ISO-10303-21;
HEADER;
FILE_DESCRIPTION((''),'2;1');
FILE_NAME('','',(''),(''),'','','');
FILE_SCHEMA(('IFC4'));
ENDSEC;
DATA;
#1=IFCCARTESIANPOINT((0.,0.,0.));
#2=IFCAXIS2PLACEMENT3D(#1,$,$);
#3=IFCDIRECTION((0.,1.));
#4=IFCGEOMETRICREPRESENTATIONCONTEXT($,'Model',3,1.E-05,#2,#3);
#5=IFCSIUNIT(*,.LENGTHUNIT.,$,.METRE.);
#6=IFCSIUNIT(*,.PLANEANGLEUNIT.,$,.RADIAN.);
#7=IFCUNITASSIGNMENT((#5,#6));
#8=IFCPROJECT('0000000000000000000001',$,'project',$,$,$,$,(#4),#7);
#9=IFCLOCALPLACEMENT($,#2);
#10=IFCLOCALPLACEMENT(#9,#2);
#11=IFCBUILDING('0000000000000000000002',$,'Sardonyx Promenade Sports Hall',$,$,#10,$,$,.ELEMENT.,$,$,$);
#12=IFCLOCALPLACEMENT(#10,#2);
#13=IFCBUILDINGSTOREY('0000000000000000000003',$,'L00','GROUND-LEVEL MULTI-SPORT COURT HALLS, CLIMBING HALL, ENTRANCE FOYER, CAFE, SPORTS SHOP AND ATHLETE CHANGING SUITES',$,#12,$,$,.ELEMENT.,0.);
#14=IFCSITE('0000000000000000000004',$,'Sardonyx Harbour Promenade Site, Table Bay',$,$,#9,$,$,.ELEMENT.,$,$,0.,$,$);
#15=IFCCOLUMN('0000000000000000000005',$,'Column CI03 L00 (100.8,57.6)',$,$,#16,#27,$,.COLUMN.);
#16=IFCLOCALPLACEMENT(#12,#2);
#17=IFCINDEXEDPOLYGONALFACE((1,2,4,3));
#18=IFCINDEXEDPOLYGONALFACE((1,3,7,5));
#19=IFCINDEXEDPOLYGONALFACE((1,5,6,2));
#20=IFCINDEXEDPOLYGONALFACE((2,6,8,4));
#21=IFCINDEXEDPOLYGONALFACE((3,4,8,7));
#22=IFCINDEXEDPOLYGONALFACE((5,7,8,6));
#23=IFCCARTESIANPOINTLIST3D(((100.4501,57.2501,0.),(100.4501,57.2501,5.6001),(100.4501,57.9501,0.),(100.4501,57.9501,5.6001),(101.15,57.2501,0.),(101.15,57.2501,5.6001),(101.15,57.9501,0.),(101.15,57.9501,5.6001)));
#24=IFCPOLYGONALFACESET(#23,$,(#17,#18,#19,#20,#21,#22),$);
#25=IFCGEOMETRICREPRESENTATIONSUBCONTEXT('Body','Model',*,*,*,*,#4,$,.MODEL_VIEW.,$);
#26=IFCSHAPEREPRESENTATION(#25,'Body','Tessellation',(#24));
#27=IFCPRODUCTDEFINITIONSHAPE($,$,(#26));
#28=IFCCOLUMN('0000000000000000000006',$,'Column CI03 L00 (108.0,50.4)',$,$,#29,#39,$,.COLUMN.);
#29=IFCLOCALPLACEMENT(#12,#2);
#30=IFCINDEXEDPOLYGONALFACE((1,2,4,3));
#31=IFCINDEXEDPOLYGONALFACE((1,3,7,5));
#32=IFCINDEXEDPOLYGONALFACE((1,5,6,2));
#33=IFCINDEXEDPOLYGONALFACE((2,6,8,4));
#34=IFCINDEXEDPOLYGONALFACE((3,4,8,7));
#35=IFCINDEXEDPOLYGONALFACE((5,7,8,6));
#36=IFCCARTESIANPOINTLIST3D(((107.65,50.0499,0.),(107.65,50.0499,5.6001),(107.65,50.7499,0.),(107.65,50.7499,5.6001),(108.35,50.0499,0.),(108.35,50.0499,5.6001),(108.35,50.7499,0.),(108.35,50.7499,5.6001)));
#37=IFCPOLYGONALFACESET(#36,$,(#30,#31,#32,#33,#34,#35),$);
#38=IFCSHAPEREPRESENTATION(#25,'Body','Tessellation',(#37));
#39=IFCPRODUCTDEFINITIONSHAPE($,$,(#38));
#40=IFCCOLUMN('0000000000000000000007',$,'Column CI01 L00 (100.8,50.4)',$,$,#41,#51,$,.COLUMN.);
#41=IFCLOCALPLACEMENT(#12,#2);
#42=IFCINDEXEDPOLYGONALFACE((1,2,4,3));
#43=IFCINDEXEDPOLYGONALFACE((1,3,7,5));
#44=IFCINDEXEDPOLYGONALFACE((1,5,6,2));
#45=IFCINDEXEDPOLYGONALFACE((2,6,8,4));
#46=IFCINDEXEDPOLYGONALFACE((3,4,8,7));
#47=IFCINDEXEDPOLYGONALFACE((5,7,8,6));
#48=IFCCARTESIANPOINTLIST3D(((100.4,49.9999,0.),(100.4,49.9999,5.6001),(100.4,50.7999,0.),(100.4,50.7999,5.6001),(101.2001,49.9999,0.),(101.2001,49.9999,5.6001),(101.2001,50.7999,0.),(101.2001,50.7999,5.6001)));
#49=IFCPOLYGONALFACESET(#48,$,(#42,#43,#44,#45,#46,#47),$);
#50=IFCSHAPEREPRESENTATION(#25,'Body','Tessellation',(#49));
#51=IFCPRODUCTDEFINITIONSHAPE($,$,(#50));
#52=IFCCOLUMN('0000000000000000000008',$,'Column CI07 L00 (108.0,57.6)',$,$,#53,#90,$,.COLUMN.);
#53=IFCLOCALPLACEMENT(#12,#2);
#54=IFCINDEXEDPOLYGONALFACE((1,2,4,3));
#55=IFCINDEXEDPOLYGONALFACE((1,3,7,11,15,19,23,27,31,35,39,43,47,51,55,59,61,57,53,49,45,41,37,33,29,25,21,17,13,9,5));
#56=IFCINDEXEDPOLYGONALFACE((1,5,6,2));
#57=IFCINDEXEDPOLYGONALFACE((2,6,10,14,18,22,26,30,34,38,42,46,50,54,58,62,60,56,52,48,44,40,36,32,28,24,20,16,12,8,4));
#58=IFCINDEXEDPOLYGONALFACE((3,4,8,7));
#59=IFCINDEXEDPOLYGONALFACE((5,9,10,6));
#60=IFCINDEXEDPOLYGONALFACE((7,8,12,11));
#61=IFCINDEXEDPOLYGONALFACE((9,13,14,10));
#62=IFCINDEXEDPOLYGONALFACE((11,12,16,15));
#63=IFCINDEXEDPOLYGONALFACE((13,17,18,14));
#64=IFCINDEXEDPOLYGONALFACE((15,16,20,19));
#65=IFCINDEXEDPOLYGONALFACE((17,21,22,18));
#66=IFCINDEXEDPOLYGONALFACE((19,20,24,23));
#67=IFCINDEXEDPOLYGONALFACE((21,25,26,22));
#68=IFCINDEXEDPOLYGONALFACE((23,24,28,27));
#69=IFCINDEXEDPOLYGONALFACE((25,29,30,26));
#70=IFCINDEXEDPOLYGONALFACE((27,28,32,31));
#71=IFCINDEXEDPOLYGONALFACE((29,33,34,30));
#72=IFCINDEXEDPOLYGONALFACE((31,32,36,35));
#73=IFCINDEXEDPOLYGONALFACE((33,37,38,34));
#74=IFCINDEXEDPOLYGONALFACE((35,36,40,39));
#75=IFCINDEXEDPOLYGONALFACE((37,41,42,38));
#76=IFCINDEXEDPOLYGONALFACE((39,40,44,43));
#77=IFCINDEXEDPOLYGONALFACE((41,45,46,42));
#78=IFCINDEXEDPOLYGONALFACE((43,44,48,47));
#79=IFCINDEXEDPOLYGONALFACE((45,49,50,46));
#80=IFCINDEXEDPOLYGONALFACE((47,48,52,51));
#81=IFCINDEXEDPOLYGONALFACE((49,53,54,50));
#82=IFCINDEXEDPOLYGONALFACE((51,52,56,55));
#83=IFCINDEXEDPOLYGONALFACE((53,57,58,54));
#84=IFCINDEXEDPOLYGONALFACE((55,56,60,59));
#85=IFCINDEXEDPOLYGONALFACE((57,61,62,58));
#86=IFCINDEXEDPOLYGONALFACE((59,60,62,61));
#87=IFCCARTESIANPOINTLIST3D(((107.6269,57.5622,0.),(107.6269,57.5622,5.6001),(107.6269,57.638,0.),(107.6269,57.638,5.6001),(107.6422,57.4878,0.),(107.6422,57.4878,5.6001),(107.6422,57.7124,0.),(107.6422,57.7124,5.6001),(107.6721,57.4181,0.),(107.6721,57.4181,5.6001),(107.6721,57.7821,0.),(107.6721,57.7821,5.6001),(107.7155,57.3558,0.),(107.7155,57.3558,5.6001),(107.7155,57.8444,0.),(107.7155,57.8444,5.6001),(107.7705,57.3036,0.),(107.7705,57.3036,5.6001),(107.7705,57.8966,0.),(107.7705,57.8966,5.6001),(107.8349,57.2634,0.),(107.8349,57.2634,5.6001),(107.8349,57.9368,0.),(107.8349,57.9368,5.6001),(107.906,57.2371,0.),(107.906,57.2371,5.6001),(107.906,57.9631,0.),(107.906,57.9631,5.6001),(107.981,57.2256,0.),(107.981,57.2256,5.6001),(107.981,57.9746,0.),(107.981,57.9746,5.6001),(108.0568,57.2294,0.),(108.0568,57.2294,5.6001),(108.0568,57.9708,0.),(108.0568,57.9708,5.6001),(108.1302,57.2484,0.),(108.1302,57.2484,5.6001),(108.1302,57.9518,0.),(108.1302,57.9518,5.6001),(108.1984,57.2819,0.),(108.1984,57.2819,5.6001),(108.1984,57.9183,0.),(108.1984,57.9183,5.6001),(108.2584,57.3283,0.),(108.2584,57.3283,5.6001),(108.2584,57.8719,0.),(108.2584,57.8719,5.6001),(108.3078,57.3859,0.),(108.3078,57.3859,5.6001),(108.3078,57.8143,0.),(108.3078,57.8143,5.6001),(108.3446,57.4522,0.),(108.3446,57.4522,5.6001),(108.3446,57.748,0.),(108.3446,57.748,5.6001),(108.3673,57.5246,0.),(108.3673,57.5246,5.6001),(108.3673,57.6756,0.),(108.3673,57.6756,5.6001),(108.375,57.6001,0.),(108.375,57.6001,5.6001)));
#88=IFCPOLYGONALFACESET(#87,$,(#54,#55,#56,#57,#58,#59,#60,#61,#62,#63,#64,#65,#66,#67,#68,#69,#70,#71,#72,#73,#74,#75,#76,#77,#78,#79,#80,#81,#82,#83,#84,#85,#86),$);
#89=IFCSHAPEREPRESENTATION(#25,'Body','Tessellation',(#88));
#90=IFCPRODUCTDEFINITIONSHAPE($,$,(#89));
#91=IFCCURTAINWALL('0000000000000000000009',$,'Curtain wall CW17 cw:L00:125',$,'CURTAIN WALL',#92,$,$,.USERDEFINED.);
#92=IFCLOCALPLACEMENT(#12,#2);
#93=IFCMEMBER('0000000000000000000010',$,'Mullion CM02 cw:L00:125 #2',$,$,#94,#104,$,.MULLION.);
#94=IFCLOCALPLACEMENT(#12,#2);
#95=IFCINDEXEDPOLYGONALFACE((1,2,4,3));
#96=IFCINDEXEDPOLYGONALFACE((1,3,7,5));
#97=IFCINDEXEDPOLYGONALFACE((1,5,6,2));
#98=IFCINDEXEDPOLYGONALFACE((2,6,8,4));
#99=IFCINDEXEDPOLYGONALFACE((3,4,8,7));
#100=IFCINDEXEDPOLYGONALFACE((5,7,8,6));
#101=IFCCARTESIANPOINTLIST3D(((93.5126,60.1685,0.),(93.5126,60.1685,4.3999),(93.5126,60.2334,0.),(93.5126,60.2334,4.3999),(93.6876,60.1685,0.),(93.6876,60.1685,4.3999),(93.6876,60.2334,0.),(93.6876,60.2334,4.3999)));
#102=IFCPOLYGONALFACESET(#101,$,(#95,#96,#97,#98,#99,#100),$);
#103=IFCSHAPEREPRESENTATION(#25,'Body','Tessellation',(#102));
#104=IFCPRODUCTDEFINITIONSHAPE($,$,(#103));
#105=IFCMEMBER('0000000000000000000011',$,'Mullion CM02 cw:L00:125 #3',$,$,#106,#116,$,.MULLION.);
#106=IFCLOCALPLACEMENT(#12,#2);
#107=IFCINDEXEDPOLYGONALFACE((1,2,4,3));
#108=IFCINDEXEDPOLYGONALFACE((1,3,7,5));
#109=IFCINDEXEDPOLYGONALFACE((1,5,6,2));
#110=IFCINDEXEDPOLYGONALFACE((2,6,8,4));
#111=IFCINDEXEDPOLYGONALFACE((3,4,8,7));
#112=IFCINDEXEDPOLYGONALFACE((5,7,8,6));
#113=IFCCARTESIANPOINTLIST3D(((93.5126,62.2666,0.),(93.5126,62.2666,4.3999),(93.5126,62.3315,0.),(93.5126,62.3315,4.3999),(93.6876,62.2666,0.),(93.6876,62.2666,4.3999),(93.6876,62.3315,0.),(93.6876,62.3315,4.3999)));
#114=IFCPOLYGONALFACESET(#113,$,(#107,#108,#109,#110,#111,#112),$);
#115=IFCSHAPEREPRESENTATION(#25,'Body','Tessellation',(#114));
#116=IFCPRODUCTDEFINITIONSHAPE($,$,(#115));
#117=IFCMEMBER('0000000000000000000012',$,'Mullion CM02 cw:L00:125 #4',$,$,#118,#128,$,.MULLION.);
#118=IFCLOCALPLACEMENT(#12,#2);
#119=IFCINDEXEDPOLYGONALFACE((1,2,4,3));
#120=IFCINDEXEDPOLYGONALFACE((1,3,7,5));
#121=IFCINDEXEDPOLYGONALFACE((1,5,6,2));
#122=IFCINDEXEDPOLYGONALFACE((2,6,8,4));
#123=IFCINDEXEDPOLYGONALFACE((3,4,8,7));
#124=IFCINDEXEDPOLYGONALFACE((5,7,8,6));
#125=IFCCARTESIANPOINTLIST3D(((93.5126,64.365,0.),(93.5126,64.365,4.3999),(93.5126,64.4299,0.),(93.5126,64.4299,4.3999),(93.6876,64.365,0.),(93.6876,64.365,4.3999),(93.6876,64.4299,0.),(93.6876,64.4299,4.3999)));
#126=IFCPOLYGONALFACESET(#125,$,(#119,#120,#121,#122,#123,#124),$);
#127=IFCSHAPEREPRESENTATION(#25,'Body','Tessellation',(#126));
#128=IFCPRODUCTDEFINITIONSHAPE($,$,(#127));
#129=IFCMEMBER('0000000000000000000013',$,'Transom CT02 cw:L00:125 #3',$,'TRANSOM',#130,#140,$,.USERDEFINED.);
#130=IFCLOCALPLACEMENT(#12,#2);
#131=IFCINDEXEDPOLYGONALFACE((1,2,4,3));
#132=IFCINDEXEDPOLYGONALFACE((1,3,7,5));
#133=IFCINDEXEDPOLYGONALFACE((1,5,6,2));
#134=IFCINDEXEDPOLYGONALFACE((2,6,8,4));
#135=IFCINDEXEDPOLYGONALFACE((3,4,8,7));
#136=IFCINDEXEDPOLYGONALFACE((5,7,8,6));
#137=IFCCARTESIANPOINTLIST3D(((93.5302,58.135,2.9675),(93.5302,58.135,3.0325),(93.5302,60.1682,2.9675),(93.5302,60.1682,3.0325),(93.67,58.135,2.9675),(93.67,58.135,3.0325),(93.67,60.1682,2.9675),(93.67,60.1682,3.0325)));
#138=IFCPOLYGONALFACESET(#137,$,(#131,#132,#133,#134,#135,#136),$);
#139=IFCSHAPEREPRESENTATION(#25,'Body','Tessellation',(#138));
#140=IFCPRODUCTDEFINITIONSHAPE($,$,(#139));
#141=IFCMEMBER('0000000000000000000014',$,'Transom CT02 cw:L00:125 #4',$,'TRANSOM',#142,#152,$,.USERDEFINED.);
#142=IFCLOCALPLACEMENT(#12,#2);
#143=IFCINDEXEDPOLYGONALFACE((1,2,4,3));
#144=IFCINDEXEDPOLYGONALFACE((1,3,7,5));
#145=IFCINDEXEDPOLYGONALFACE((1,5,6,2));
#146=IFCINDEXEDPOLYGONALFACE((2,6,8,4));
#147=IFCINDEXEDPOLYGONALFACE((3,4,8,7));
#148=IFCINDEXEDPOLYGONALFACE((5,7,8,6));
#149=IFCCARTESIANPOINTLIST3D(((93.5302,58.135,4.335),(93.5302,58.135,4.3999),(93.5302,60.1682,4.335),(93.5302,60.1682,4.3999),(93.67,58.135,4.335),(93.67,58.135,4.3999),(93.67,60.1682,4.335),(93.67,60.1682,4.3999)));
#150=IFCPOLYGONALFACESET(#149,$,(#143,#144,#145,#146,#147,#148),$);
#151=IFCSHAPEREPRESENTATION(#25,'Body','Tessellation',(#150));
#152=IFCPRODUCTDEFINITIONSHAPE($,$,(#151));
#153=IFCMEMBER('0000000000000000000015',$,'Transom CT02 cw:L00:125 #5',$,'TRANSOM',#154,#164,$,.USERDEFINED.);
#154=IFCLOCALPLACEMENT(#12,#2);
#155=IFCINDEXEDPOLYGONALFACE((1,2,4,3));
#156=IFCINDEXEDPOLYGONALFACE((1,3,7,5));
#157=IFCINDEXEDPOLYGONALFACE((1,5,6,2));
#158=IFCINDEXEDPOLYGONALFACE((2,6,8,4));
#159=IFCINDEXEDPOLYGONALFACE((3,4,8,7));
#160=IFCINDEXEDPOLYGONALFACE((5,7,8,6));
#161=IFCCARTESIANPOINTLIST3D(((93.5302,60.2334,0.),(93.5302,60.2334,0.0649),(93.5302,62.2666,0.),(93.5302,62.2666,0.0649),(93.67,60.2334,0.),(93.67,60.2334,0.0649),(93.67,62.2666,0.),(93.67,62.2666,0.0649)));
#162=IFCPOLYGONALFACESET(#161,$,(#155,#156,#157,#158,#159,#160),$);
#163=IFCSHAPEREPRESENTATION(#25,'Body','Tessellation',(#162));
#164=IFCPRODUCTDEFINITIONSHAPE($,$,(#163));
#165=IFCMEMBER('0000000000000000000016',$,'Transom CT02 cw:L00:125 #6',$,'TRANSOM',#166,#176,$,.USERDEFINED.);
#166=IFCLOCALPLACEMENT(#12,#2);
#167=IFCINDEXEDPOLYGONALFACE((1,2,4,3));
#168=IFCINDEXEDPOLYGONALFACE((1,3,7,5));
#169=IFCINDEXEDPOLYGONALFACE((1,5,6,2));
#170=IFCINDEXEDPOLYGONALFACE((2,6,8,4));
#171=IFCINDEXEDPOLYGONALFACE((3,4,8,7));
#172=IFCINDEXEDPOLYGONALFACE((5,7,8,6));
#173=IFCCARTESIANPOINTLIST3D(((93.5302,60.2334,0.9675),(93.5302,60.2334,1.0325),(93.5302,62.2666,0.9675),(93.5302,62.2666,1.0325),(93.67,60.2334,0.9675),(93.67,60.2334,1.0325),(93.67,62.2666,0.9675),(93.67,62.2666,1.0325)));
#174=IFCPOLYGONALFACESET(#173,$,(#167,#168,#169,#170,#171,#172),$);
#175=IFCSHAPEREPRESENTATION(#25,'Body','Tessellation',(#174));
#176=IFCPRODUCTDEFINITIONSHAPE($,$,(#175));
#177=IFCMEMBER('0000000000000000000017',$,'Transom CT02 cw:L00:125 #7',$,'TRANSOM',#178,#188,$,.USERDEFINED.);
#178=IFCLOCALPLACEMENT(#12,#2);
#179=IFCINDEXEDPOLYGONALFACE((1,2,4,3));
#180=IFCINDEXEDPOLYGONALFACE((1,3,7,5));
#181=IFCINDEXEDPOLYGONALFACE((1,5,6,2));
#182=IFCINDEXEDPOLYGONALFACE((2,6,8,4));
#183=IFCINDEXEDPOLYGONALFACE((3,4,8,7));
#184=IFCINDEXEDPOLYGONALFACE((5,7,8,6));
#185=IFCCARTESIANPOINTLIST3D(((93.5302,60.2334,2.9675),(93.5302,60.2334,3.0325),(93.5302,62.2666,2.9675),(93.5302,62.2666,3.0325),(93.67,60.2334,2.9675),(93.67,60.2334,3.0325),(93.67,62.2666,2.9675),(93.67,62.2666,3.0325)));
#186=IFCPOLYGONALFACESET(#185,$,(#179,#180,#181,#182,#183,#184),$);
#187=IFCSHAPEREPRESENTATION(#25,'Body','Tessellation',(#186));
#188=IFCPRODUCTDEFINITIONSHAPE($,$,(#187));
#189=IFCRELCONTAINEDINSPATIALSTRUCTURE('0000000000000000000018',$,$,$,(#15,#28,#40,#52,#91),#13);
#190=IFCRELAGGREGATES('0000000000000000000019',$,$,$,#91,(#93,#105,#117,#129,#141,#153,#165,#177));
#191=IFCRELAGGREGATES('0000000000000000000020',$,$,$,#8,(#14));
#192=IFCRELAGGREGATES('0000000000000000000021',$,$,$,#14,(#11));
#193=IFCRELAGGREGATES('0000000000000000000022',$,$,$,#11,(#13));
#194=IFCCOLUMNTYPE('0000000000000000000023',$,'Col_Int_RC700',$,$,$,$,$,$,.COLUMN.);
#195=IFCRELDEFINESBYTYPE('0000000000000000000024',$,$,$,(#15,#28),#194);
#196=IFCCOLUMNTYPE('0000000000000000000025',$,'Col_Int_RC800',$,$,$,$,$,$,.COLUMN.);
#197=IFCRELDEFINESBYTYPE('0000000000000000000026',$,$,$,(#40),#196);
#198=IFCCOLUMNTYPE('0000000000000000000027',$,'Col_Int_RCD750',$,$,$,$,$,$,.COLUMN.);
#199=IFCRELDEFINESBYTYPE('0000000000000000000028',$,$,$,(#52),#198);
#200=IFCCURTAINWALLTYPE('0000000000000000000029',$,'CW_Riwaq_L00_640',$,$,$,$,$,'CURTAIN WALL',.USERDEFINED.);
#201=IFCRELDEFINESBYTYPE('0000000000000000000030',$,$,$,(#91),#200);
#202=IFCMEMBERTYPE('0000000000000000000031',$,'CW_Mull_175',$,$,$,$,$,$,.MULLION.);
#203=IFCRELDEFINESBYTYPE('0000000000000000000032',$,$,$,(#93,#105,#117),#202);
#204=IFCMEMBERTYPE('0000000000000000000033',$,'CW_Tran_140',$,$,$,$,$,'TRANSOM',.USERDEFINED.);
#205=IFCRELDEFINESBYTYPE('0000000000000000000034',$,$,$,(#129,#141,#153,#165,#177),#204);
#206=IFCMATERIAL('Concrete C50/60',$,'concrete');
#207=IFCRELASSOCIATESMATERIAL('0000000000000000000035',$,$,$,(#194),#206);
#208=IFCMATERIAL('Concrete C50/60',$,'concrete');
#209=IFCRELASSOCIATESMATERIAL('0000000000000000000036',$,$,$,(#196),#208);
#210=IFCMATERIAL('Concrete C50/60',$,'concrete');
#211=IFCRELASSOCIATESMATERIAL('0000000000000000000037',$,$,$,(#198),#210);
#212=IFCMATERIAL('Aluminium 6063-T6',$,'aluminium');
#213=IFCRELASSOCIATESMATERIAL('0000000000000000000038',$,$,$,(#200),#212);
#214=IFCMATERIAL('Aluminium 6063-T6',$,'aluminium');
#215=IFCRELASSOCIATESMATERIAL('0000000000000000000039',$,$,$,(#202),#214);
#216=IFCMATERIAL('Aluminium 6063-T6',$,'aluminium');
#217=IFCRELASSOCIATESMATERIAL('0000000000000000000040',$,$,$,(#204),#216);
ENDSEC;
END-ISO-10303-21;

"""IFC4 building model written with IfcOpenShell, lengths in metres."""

from ifc_helpers import new_model, si_unit, direction, frame, origin, origin_2d, place, context, subcontext, project, spatial, rectangle, circle, extrude, material, material_profile, profile_set, type_object, element, aggregate, save


model = new_model("IFC4")

# Units and contexts
model_context = context("Model", 3, precision=1e-05, world=origin(), true_north=direction((0.0, 1.0)))
body_context = subcontext(model_context, "Body", "Model", "MODEL_VIEW")
ifc_project = project(units=[si_unit("LENGTHUNIT", "METRE"), si_unit("PLANEANGLEUNIT", "RADIAN")], contexts=[model_context])

# Site, building, storey
site_placement = place(None, origin())
site = spatial("IfcSite", under=ifc_project, at=site_placement, Name="Sardonyx Harbour Promenade Site, Table Bay", CompositionType="ELEMENT", RefElevation=0.0)
building_placement = place(site_placement, origin())
building = spatial("IfcBuilding", under=site, at=building_placement, Name="Sardonyx Promenade Sports Hall", CompositionType="ELEMENT")
storey_placement = place(building_placement, origin())
storey = spatial("IfcBuildingStorey", under=building, at=storey_placement, Name="L00", Description="GROUND-LEVEL MULTI-SPORT COURT HALLS, CLIMBING HALL, ENTRANCE FOYER, CAFE, SPORTS SHOP AND ATHLETE CHANGING SUITES", CompositionType="ELEMENT", Elevation=0.0)

# Columns
ifc_material_1 = material(Name="Concrete C50/60", Category="concrete")
ifc_material_profile_1 = material_profile(ifc_material_1, rectangle(XDim=0.7, YDim=0.7, at=origin_2d()))
ifc_profile_set_1 = profile_set([ifc_material_profile_1], Name="Concrete C50/60")
column_type_1 = type_object("IfcColumnType", Name="Col_Int_RC700", PredefinedType="COLUMN", material=ifc_profile_set_1)
for number, where, z_axis, x_axis, name in (
    (1, (100.8, 57.6001, 0.0), (0.0, 0.0, 1.0), (1.0, 0.0, 0.0), "Column CI03 L00 (100.8,57.6)"),
    (2, (108.0, 50.3999, 0.0), (0.0, 0.0, 1.0), (1.0, 0.0, 0.0), "Column CI03 L00 (108.0,50.4)"),
):
    element("IfcColumn", number, at=place(storey_placement, frame(where, z_axis=z_axis, x_axis=x_axis)), inside=storey, type_object=column_type_1, Name=name, PredefinedType="COLUMN", context=body_context, shape_type="SweptSolid", body=[
        extrude(rectangle(XDim=0.7, YDim=0.7, at=origin_2d()), origin(), (0.0, 0.0, 1.0), 5.6001),
    ])
ifc_material_2 = material(Name="Concrete C50/60", Category="concrete")
ifc_material_profile_2 = material_profile(ifc_material_2, rectangle(XDim=0.8, YDim=0.8, at=origin_2d()))
ifc_profile_set_2 = profile_set([ifc_material_profile_2], Name="Concrete C50/60")
column_type_2 = type_object("IfcColumnType", Name="Col_Int_RC800", PredefinedType="COLUMN", material=ifc_profile_set_2)
column_1_placement = place(storey_placement, frame((100.8, 50.3999, 0.0), z_axis=(0.0, 0.0, 1.0), x_axis=(1.0, 0.0, 0.0)))
element("IfcColumn", 3, at=column_1_placement, inside=storey, type_object=column_type_2, Name="Column CI01 L00 (100.8,50.4)", PredefinedType="COLUMN", context=body_context, shape_type="SweptSolid", body=[
    extrude(rectangle(XDim=0.8, YDim=0.8, at=origin_2d()), origin(), (0.0, 0.0, 1.0), 5.6001),
])
ifc_material_3 = material(Name="Concrete C50/60", Category="concrete")
ifc_material_profile_3 = material_profile(ifc_material_3, circle(Radius=0.375, at=origin_2d()))
ifc_profile_set_3 = profile_set([ifc_material_profile_3], Name="Concrete C50/60")
column_type_3 = type_object("IfcColumnType", Name="Col_Int_RCD750", PredefinedType="COLUMN", material=ifc_profile_set_3)
column_2_placement = place(storey_placement, frame((108.0, 57.6001, 0.0), z_axis=(0.0, 0.0, 1.0), x_axis=(1.0, 0.0, 0.0)))
element("IfcColumn", 4, at=column_2_placement, inside=storey, type_object=column_type_3, Name="Column CI07 L00 (108.0,57.6)", PredefinedType="COLUMN", context=body_context, shape_type="SweptSolid", body=[
    extrude(circle(Radius=0.375, at=origin_2d()), origin(), (0.0, 0.0, 1.0), 5.6001),
])

# Curtain wall, members
ifc_material_4 = material(Name="Aluminium 6063-T6", Category="aluminium")
curtain_wall_type = type_object("IfcCurtainWallType", Name="CW_Riwaq_L00_640", ElementType="CURTAIN WALL", PredefinedType="USERDEFINED", material=ifc_material_4)
curtain_wall_placement = place(storey_placement, origin())
curtain_wall = element("IfcCurtainWall", 5, at=curtain_wall_placement, inside=storey, type_object=curtain_wall_type, Name="Curtain wall CW17 cw:L00:125", ObjectType="CURTAIN WALL", PredefinedType="USERDEFINED")
ifc_material_5 = material(Name="Aluminium 6063-T6", Category="aluminium")
ifc_material_profile_4 = material_profile(ifc_material_5, rectangle(XDim=0.0649, YDim=0.175, at=origin_2d()))
ifc_profile_set_4 = profile_set([ifc_material_profile_4], Name="Aluminium 6063-T6")
member_type_1 = type_object("IfcMemberType", Name="CW_Mull_175", PredefinedType="MULLION", material=ifc_profile_set_4)
member_1_placement = place(storey_placement, frame((93.6001, 60.2009, 0.0), z_axis=(0.0, 0.0, 1.0), x_axis=(0.0, 1.0, 0.0)))
member_1 = element("IfcMember", 6, at=member_1_placement, type_object=member_type_1, Name="Mullion CM02 cw:L00:125 #2", PredefinedType="MULLION", context=body_context, shape_type="SweptSolid", body=[
    extrude(rectangle(XDim=0.0649, YDim=0.175, at=origin_2d()), origin(), (0.0, 0.0, 1.0), 4.3999),
])
member_2_placement = place(storey_placement, frame((93.6001, 62.2991, 0.0), z_axis=(0.0, 0.0, 1.0), x_axis=(0.0, 1.0, 0.0)))
member_2 = element("IfcMember", 7, at=member_2_placement, type_object=member_type_1, Name="Mullion CM02 cw:L00:125 #3", PredefinedType="MULLION", context=body_context, shape_type="SweptSolid", body=[
    extrude(rectangle(XDim=0.0649, YDim=0.175, at=origin_2d()), origin(), (0.0, 0.0, 1.0), 4.3999),
])
member_3_placement = place(storey_placement, frame((93.6001, 64.3975, 0.0), z_axis=(0.0, 0.0, 1.0), x_axis=(0.0, 1.0, 0.0)))
member_3 = element("IfcMember", 8, at=member_3_placement, type_object=member_type_1, Name="Mullion CM02 cw:L00:125 #4", PredefinedType="MULLION", context=body_context, shape_type="SweptSolid", body=[
    extrude(rectangle(XDim=0.0649, YDim=0.175, at=origin_2d()), origin(), (0.0, 0.0, 1.0), 4.3999),
])
ifc_material_6 = material(Name="Aluminium 6063-T6", Category="aluminium")
ifc_material_profile_5 = material_profile(ifc_material_6, rectangle(XDim=0.0649, YDim=0.1399, at=origin_2d()))
ifc_profile_set_5 = profile_set([ifc_material_profile_5], Name="Aluminium 6063-T6")
member_type_2 = type_object("IfcMemberType", Name="CW_Tran_140", ElementType="TRANSOM", PredefinedType="USERDEFINED", material=ifc_profile_set_5)
member_4_placement = place(storey_placement, frame((93.6001, 58.135, 3.0), z_axis=(0.0, 1.0, 0.0), x_axis=(0.0, 0.0, 1.0)))
member_4 = element("IfcMember", 9, at=member_4_placement, type_object=member_type_2, Name="Transom CT02 cw:L00:125 #3", ObjectType="TRANSOM", PredefinedType="USERDEFINED", context=body_context, shape_type="SweptSolid", body=[
    extrude(rectangle(XDim=0.0649, YDim=0.1399, at=origin_2d()), origin(), (0.0, 0.0, 1.0), 2.0332),
])
member_5_placement = place(storey_placement, frame((93.6001, 58.135, 4.3674), z_axis=(0.0, 1.0, 0.0), x_axis=(0.0, 0.0, 1.0)))
member_5 = element("IfcMember", 10, at=member_5_placement, type_object=member_type_2, Name="Transom CT02 cw:L00:125 #4", ObjectType="TRANSOM", PredefinedType="USERDEFINED", context=body_context, shape_type="SweptSolid", body=[
    extrude(rectangle(XDim=0.0649, YDim=0.1399, at=origin_2d()), origin(), (0.0, 0.0, 1.0), 2.0332),
])
member_6_placement = place(storey_placement, frame((93.6001, 60.2334, 0.0325), z_axis=(0.0, 1.0, 0.0), x_axis=(0.0, 0.0, 1.0)))
member_6 = element("IfcMember", 11, at=member_6_placement, type_object=member_type_2, Name="Transom CT02 cw:L00:125 #5", ObjectType="TRANSOM", PredefinedType="USERDEFINED", context=body_context, shape_type="SweptSolid", body=[
    extrude(rectangle(XDim=0.0649, YDim=0.1399, at=origin_2d()), origin(), (0.0, 0.0, 1.0), 2.0332),
])
member_7_placement = place(storey_placement, frame((93.6001, 60.2334, 1.0), z_axis=(0.0, 1.0, 0.0), x_axis=(0.0, 0.0, 1.0)))
member_7 = element("IfcMember", 12, at=member_7_placement, type_object=member_type_2, Name="Transom CT02 cw:L00:125 #6", ObjectType="TRANSOM", PredefinedType="USERDEFINED", context=body_context, shape_type="SweptSolid", body=[
    extrude(rectangle(XDim=0.0649, YDim=0.1399, at=origin_2d()), origin(), (0.0, 0.0, 1.0), 2.0332),
])
member_8_placement = place(storey_placement, frame((93.6001, 60.2334, 3.0), z_axis=(0.0, 1.0, 0.0), x_axis=(0.0, 0.0, 1.0)))
member_8 = element("IfcMember", 13, at=member_8_placement, type_object=member_type_2, Name="Transom CT02 cw:L00:125 #7", ObjectType="TRANSOM", PredefinedType="USERDEFINED", context=body_context, shape_type="SweptSolid", body=[
    extrude(rectangle(XDim=0.0649, YDim=0.1399, at=origin_2d()), origin(), (0.0, 0.0, 1.0), 2.0332),
])
aggregate(curtain_wall, [member_1, member_2, member_3, member_4, member_5, member_6, member_7, member_8])

save(model, "model.ifc")
